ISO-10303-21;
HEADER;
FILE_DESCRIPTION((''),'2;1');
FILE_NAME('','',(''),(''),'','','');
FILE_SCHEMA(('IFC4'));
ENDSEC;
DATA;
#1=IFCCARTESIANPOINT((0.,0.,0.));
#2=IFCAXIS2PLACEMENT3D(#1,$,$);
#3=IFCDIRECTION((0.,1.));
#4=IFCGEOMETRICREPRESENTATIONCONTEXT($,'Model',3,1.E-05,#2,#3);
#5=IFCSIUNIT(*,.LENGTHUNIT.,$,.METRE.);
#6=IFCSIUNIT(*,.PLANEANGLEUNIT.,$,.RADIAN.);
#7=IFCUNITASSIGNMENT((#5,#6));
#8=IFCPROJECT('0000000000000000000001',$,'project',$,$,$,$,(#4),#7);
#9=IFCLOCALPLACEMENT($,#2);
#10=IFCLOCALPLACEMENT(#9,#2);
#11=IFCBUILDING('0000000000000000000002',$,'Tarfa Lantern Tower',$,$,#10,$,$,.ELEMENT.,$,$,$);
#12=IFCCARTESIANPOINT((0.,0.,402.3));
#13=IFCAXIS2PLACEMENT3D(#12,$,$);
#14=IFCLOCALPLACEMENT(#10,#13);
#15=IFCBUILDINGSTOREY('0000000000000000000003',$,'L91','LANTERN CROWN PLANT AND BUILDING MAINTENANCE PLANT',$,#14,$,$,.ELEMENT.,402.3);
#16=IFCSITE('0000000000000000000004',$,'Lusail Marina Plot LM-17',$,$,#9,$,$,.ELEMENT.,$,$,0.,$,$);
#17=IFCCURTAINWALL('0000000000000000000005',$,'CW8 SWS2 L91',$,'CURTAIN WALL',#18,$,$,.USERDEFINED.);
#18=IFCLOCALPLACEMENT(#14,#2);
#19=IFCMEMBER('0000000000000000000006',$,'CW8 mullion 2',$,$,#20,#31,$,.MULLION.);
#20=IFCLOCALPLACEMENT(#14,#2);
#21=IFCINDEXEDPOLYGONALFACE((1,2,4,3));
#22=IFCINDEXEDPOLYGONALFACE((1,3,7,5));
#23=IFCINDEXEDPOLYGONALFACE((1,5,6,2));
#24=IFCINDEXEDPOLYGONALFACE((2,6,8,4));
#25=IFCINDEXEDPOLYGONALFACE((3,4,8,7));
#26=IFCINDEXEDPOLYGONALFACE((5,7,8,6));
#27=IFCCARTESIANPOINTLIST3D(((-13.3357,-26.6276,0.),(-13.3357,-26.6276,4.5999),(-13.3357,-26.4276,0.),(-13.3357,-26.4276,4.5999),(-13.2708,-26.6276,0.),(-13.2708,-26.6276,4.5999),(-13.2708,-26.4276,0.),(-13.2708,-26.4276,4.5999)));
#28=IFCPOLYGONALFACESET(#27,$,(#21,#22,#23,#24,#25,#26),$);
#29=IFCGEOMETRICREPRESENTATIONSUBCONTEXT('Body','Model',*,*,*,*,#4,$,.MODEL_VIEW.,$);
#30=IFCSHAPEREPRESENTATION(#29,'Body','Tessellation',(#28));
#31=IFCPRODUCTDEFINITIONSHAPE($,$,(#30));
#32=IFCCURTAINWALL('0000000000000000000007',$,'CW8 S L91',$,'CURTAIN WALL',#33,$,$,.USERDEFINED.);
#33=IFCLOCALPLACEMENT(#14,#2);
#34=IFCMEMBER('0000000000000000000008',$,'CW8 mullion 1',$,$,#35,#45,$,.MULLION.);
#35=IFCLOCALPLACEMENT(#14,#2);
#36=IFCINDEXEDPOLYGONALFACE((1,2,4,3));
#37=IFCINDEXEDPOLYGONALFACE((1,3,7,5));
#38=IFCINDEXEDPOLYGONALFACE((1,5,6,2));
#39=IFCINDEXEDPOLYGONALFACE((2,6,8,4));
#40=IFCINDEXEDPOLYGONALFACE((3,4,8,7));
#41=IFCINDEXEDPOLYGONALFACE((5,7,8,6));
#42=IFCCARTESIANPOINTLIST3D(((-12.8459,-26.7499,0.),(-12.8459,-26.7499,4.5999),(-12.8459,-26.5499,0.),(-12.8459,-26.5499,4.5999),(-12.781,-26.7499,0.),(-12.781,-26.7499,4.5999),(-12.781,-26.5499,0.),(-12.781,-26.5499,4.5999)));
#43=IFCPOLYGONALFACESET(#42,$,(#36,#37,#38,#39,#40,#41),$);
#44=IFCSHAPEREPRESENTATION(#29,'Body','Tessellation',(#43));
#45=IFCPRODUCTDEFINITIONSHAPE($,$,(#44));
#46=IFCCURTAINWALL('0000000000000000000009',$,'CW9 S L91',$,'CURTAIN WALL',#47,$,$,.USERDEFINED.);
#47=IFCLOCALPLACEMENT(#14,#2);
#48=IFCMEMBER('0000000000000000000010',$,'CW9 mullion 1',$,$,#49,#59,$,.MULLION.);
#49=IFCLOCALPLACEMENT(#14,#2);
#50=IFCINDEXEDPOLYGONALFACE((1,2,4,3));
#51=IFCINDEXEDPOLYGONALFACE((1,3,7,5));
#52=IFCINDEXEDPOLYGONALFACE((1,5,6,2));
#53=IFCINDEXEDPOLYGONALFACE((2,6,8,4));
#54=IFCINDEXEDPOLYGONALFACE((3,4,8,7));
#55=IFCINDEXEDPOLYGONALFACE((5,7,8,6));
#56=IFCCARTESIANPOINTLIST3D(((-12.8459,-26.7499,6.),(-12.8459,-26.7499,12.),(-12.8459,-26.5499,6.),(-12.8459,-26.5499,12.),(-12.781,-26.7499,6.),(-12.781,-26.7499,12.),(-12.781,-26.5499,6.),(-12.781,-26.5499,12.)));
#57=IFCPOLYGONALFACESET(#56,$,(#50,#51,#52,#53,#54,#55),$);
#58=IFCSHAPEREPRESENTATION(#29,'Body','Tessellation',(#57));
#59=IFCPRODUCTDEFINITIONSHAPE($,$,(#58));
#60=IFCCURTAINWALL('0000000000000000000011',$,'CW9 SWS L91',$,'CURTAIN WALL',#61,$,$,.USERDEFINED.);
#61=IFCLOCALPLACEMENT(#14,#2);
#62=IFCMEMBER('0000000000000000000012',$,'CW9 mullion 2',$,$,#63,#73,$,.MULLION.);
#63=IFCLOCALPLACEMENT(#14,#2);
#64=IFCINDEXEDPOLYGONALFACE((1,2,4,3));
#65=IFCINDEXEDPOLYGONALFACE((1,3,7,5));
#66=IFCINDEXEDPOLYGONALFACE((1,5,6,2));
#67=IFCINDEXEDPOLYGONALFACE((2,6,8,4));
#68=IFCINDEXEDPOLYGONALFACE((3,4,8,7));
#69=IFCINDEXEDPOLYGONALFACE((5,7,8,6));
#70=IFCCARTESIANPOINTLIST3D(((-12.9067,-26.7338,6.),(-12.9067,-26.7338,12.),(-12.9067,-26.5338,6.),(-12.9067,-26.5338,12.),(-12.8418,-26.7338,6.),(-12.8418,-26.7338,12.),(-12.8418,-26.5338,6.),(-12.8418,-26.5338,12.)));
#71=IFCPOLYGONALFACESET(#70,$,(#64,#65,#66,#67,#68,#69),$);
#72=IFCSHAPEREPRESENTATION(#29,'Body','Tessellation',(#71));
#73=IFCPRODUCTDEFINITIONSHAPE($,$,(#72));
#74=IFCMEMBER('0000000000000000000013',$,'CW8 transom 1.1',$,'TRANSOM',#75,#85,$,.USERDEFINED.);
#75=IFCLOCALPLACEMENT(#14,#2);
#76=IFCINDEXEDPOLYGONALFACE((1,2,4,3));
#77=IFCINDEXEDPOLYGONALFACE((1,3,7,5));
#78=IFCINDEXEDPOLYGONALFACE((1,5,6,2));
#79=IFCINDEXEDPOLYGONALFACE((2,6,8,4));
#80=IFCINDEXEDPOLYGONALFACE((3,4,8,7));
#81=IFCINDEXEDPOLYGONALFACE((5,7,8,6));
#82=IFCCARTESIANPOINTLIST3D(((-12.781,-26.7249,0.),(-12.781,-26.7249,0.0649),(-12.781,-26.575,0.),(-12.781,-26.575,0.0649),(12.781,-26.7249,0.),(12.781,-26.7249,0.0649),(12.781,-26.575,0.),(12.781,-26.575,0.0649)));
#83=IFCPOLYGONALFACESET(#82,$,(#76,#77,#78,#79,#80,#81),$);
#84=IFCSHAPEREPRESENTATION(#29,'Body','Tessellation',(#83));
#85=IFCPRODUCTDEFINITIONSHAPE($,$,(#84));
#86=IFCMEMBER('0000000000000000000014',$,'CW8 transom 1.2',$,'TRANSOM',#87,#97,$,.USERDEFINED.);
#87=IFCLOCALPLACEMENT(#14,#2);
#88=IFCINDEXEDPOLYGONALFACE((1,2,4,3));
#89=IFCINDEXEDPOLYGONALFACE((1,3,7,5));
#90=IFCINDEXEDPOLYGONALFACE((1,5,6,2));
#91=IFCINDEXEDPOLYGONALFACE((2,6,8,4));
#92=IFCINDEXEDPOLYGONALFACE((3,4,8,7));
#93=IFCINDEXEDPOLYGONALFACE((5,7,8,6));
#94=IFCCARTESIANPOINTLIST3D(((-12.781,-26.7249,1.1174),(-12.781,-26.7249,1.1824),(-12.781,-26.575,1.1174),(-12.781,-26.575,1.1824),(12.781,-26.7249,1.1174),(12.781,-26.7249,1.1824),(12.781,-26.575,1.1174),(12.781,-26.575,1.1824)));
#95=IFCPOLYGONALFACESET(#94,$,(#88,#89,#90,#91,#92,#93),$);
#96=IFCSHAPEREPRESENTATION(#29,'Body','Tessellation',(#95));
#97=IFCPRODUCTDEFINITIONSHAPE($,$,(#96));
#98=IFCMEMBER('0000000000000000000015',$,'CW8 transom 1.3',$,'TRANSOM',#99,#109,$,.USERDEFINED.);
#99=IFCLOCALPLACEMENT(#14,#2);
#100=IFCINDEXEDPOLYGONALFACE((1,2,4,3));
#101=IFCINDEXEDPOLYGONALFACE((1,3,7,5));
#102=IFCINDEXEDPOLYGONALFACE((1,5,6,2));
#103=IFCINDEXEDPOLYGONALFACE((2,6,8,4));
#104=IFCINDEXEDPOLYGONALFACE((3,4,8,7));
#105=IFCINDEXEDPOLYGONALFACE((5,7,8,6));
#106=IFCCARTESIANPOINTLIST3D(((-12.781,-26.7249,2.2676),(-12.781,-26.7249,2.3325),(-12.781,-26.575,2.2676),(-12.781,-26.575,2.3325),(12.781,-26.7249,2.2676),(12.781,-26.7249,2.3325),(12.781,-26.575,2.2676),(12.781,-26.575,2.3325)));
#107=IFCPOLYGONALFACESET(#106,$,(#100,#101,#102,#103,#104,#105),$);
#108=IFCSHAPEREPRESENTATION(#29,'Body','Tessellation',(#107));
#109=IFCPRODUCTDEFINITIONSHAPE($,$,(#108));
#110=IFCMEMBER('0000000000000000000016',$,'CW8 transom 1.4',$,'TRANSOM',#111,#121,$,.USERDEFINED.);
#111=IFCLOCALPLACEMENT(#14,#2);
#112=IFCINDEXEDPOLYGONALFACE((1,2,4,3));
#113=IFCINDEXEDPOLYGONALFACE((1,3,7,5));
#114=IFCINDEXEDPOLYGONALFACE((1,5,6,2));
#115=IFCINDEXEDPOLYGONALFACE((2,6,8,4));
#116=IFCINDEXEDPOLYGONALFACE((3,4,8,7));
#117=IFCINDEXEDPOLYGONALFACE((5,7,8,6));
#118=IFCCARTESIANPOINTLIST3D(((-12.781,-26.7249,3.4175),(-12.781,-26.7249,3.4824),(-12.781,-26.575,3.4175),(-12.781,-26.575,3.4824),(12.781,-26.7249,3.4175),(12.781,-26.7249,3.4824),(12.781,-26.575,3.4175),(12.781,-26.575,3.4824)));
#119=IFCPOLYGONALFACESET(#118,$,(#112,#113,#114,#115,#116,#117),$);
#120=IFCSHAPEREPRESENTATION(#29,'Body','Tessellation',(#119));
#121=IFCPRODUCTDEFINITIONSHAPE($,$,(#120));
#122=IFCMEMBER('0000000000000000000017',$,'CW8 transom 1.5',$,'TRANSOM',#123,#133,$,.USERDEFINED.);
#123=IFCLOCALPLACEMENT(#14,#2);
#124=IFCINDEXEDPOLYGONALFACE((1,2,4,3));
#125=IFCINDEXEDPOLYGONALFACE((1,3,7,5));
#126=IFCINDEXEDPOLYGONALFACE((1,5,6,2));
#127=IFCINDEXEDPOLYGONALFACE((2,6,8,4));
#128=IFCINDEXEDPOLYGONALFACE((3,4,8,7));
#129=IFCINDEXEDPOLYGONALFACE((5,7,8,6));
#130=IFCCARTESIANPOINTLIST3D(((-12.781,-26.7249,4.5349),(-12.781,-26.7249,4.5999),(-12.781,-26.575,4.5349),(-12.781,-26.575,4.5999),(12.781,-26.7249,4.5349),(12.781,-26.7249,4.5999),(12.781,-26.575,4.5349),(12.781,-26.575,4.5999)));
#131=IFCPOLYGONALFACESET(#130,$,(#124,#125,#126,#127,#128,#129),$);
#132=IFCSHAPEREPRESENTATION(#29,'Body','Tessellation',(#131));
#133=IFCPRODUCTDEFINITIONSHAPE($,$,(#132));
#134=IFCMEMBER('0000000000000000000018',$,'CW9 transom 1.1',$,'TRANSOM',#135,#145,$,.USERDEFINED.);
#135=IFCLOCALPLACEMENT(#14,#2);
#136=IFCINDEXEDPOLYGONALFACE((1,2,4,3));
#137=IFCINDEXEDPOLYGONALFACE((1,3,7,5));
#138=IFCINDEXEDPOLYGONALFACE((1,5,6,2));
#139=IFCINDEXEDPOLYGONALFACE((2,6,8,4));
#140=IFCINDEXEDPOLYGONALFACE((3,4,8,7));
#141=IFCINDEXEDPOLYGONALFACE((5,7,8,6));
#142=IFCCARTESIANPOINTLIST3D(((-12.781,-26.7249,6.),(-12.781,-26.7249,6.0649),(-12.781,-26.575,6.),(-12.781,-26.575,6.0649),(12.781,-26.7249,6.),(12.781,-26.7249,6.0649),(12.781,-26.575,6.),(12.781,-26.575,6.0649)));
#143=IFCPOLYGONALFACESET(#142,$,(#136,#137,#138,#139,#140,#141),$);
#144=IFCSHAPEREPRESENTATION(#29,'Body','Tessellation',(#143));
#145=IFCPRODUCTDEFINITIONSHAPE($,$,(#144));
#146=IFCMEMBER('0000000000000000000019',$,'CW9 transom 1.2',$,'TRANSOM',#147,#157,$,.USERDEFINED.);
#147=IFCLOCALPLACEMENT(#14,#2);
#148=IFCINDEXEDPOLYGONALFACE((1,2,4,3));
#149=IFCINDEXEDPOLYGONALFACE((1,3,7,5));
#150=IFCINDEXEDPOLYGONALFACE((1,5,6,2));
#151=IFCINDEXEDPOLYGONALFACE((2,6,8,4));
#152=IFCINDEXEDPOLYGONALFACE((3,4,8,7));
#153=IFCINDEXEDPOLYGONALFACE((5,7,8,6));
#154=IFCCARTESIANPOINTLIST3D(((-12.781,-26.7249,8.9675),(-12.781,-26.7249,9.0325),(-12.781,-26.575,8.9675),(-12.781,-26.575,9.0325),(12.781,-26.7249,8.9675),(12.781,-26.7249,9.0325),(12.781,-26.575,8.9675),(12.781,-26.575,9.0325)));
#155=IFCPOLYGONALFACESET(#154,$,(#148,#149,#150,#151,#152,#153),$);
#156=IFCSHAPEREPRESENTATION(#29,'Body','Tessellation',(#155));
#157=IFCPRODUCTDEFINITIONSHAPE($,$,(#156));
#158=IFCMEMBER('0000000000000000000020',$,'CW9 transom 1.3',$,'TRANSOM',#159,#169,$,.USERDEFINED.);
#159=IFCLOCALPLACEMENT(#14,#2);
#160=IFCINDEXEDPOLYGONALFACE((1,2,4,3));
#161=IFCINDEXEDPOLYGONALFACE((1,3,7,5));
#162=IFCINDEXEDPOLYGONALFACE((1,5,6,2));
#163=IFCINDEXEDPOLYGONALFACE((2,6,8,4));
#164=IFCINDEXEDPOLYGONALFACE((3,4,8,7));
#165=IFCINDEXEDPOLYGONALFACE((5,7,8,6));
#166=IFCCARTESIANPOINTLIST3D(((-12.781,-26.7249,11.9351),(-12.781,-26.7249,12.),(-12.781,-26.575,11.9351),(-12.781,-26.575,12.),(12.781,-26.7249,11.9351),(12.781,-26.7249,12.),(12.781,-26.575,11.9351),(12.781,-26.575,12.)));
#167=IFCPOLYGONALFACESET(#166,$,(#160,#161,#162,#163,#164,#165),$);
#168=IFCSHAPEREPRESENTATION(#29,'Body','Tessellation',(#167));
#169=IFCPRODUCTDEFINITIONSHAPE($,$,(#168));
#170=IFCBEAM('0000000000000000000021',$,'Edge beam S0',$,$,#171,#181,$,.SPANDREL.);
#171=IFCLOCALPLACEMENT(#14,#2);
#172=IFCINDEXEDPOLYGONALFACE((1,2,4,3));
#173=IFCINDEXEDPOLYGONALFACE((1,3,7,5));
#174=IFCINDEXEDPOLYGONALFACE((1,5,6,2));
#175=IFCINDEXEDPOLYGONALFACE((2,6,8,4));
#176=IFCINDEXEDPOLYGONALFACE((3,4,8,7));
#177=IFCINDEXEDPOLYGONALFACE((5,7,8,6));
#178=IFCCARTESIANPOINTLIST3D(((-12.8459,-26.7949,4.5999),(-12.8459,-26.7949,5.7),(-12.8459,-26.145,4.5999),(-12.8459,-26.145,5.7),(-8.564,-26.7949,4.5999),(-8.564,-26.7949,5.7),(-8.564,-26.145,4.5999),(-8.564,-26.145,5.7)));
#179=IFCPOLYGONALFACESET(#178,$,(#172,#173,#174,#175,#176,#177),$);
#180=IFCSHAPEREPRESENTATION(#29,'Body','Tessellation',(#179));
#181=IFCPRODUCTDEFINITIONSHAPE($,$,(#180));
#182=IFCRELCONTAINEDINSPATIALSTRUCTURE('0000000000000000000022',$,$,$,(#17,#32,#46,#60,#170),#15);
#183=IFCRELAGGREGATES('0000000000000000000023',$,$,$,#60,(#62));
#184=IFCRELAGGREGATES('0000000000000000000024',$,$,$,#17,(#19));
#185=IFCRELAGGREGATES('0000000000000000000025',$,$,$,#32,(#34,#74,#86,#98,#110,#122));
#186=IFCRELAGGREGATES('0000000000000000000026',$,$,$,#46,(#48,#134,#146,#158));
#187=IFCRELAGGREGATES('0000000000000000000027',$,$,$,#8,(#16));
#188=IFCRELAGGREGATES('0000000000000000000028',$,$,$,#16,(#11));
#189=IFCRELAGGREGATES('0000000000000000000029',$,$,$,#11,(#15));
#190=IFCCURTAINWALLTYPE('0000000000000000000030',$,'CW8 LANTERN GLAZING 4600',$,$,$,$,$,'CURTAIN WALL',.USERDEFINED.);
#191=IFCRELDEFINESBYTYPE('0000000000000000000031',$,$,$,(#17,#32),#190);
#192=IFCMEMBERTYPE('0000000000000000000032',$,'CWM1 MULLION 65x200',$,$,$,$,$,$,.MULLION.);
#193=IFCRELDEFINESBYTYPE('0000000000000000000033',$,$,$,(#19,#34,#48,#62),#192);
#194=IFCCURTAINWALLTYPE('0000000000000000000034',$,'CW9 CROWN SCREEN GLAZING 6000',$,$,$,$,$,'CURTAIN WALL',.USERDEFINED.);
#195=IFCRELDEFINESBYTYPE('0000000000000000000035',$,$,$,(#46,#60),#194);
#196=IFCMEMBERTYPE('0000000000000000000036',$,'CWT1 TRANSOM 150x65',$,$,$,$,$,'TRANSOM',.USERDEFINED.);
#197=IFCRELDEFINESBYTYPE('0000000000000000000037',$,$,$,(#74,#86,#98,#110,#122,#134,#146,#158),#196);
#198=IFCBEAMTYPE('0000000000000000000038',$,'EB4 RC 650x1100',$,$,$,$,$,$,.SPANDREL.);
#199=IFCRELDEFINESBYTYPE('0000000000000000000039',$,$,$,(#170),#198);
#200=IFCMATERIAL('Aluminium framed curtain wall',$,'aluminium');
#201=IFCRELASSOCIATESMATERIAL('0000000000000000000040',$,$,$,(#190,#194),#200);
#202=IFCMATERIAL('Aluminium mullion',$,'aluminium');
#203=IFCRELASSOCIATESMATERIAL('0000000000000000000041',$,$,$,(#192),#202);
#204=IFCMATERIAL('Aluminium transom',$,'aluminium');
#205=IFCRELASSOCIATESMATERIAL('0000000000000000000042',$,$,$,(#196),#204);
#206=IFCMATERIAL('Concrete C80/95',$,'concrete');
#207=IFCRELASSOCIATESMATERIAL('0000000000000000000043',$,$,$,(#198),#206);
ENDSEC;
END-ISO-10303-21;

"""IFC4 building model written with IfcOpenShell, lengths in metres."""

from ifc_helpers import new_model, si_unit, direction, frame, origin, origin_2d, place, context, subcontext, project, spatial, rectangle, extrude, material, material_profile, profile_set, type_object, element, aggregate, save


model = new_model("IFC4")

# Units and contexts
model_context = context("Model", 3, precision=1e-05, world=origin(), true_north=direction((0.0, 1.0)))
body_context = subcontext(model_context, "Body", "Model", "MODEL_VIEW")
ifc_project = project(units=[si_unit("LENGTHUNIT", "METRE"), si_unit("PLANEANGLEUNIT", "RADIAN")], contexts=[model_context])

# Site, building, storey
site_placement = place(None, origin())
site = spatial("IfcSite", under=ifc_project, at=site_placement, Name="Lusail Marina Plot LM-17", CompositionType="ELEMENT", RefElevation=0.0)
building_placement = place(site_placement, origin())
building = spatial("IfcBuilding", under=site, at=building_placement, Name="Tarfa Lantern Tower", CompositionType="ELEMENT")
storey_placement = place(building_placement, frame((0.0, 0.0, 402.3)))
storey = spatial("IfcBuildingStorey", under=building, at=storey_placement, Name="L91", Description="LANTERN CROWN PLANT AND BUILDING MAINTENANCE PLANT", CompositionType="ELEMENT", Elevation=402.3)

# Curtain walls, members
ifc_material_1 = material(Name="Aluminium framed curtain wall", Category="aluminium")
curtain_wall_type_1 = type_object("IfcCurtainWallType", Name="CW8 LANTERN GLAZING 4600", ElementType="CURTAIN WALL", PredefinedType="USERDEFINED", material=ifc_material_1)
curtain_wall_1_placement = place(storey_placement, origin())
curtain_wall_1 = element("IfcCurtainWall", 1, at=curtain_wall_1_placement, inside=storey, type_object=curtain_wall_type_1, Name="CW8 SWS2 L91", ObjectType="CURTAIN WALL", PredefinedType="USERDEFINED")
ifc_material_2 = material(Name="Aluminium mullion", Category="aluminium")
ifc_material_profile_1 = material_profile(ifc_material_2, rectangle(XDim=0.0649, YDim=0.2, at=origin_2d()), Name="AL MULLION 65x200")
ifc_profile_set_1 = profile_set([ifc_material_profile_1], Name="Aluminium mullion")
member_type_1 = type_object("IfcMemberType", Name="CWM1 MULLION 65x200", PredefinedType="MULLION", material=ifc_profile_set_1)
member_1_placement = place(storey_placement, frame((-13.3032, -26.5276, 0.0), z_axis=(0.0, 0.0, 1.0), x_axis=(1.0, 0.0, 0.0)))
member_1 = element("IfcMember", 2, at=member_1_placement, type_object=member_type_1, Name="CW8 mullion 2", PredefinedType="MULLION", context=body_context, shape_type="SweptSolid", body=[
    extrude(rectangle(XDim=0.0649, YDim=0.2, at=origin_2d()), origin(), (0.0, 0.0, 1.0), 4.5999),
])
curtain_wall_2_placement = place(storey_placement, origin())
curtain_wall_2 = element("IfcCurtainWall", 3, at=curtain_wall_2_placement, inside=storey, type_object=curtain_wall_type_1, Name="CW8 S L91", ObjectType="CURTAIN WALL", PredefinedType="USERDEFINED")
member_2_placement = place(storey_placement, frame((-12.8135, -26.6499, 0.0), z_axis=(0.0, 0.0, 1.0), x_axis=(1.0, 0.0, 0.0)))
member_2 = element("IfcMember", 4, at=member_2_placement, type_object=member_type_1, Name="CW8 mullion 1", PredefinedType="MULLION", context=body_context, shape_type="SweptSolid", body=[
    extrude(rectangle(XDim=0.0649, YDim=0.2, at=origin_2d()), origin(), (0.0, 0.0, 1.0), 4.5999),
])
curtain_wall_type_2 = type_object("IfcCurtainWallType", Name="CW9 CROWN SCREEN GLAZING 6000", ElementType="CURTAIN WALL", PredefinedType="USERDEFINED", material=ifc_material_1)
curtain_wall_3_placement = place(storey_placement, origin())
curtain_wall_3 = element("IfcCurtainWall", 5, at=curtain_wall_3_placement, inside=storey, type_object=curtain_wall_type_2, Name="CW9 S L91", ObjectType="CURTAIN WALL", PredefinedType="USERDEFINED")
member_3_placement = place(storey_placement, frame((-12.8135, -26.6499, 6.0), z_axis=(0.0, 0.0, 1.0), x_axis=(1.0, 0.0, 0.0)))
member_3 = element("IfcMember", 6, at=member_3_placement, type_object=member_type_1, Name="CW9 mullion 1", PredefinedType="MULLION", context=body_context, shape_type="SweptSolid", body=[
    extrude(rectangle(XDim=0.0649, YDim=0.2, at=origin_2d()), origin(), (0.0, 0.0, 1.0), 6.0),
])
curtain_wall_4_placement = place(storey_placement, origin())
curtain_wall_4 = element("IfcCurtainWall", 7, at=curtain_wall_4_placement, inside=storey, type_object=curtain_wall_type_2, Name="CW9 SWS L91", ObjectType="CURTAIN WALL", PredefinedType="USERDEFINED")
member_4_placement = place(storey_placement, frame((-12.8743, -26.6338, 6.0), z_axis=(0.0, 0.0, 1.0), x_axis=(1.0, 0.0, 0.0)))
member_4 = element("IfcMember", 8, at=member_4_placement, type_object=member_type_1, Name="CW9 mullion 2", PredefinedType="MULLION", context=body_context, shape_type="SweptSolid", body=[
    extrude(rectangle(XDim=0.0649, YDim=0.2, at=origin_2d()), origin(), (0.0, 0.0, 1.0), 6.0),
])
aggregate(curtain_wall_4, [member_4])

# Members
ifc_material_3 = material(Name="Aluminium transom", Category="aluminium")
ifc_material_profile_2 = material_profile(ifc_material_3, rectangle(XDim=0.1499, YDim=0.0649, at=origin_2d()), Name="AL TRANSOM 150x65")
ifc_profile_set_2 = profile_set([ifc_material_profile_2], Name="Aluminium transom")
member_type_2 = type_object("IfcMemberType", Name="CWT1 TRANSOM 150x65", ElementType="TRANSOM", PredefinedType="USERDEFINED", material=ifc_profile_set_2)
member_5_placement = place(storey_placement, frame((-12.781, -26.6499, 0.0325), z_axis=(1.0, 0.0, 0.0), x_axis=(0.0, 1.0, 0.0)))
member_5 = element("IfcMember", 9, at=member_5_placement, type_object=member_type_2, Name="CW8 transom 1.1", ObjectType="TRANSOM", PredefinedType="USERDEFINED", context=body_context, shape_type="SweptSolid", body=[
    extrude(rectangle(XDim=0.1499, YDim=0.0649, at=origin_2d()), origin(), (0.0, 0.0, 1.0), 25.562),
])
member_6_placement = place(storey_placement, frame((-12.781, -26.6499, 1.1499), z_axis=(1.0, 0.0, 0.0), x_axis=(0.0, 1.0, 0.0)))
member_6 = element("IfcMember", 10, at=member_6_placement, type_object=member_type_2, Name="CW8 transom 1.2", ObjectType="TRANSOM", PredefinedType="USERDEFINED", context=body_context, shape_type="SweptSolid", body=[
    extrude(rectangle(XDim=0.1499, YDim=0.0649, at=origin_2d()), origin(), (0.0, 0.0, 1.0), 25.562),
])
member_7_placement = place(storey_placement, frame((-12.781, -26.6499, 2.3), z_axis=(1.0, 0.0, 0.0), x_axis=(0.0, 1.0, 0.0)))
member_7 = element("IfcMember", 11, at=member_7_placement, type_object=member_type_2, Name="CW8 transom 1.3", ObjectType="TRANSOM", PredefinedType="USERDEFINED", context=body_context, shape_type="SweptSolid", body=[
    extrude(rectangle(XDim=0.1499, YDim=0.0649, at=origin_2d()), origin(), (0.0, 0.0, 1.0), 25.562),
])
member_8_placement = place(storey_placement, frame((-12.781, -26.6499, 3.45), z_axis=(1.0, 0.0, 0.0), x_axis=(0.0, 1.0, 0.0)))
member_8 = element("IfcMember", 12, at=member_8_placement, type_object=member_type_2, Name="CW8 transom 1.4", ObjectType="TRANSOM", PredefinedType="USERDEFINED", context=body_context, shape_type="SweptSolid", body=[
    extrude(rectangle(XDim=0.1499, YDim=0.0649, at=origin_2d()), origin(), (0.0, 0.0, 1.0), 25.562),
])
member_9_placement = place(storey_placement, frame((-12.781, -26.6499, 4.5674), z_axis=(1.0, 0.0, 0.0), x_axis=(0.0, 1.0, 0.0)))
member_9 = element("IfcMember", 13, at=member_9_placement, type_object=member_type_2, Name="CW8 transom 1.5", ObjectType="TRANSOM", PredefinedType="USERDEFINED", context=body_context, shape_type="SweptSolid", body=[
    extrude(rectangle(XDim=0.1499, YDim=0.0649, at=origin_2d()), origin(), (0.0, 0.0, 1.0), 25.562),
])
member_10_placement = place(storey_placement, frame((-12.781, -26.6499, 6.0325), z_axis=(1.0, 0.0, 0.0), x_axis=(0.0, 1.0, 0.0)))
member_10 = element("IfcMember", 14, at=member_10_placement, type_object=member_type_2, Name="CW9 transom 1.1", ObjectType="TRANSOM", PredefinedType="USERDEFINED", context=body_context, shape_type="SweptSolid", body=[
    extrude(rectangle(XDim=0.1499, YDim=0.0649, at=origin_2d()), origin(), (0.0, 0.0, 1.0), 25.562),
])
member_11_placement = place(storey_placement, frame((-12.781, -26.6499, 9.0), z_axis=(1.0, 0.0, 0.0), x_axis=(0.0, 1.0, 0.0)))
member_11 = element("IfcMember", 15, at=member_11_placement, type_object=member_type_2, Name="CW9 transom 1.2", ObjectType="TRANSOM", PredefinedType="USERDEFINED", context=body_context, shape_type="SweptSolid", body=[
    extrude(rectangle(XDim=0.1499, YDim=0.0649, at=origin_2d()), origin(), (0.0, 0.0, 1.0), 25.562),
])
member_12_placement = place(storey_placement, frame((-12.781, -26.6499, 11.9675), z_axis=(1.0, 0.0, 0.0), x_axis=(0.0, 1.0, 0.0)))
member_12 = element("IfcMember", 16, at=member_12_placement, type_object=member_type_2, Name="CW9 transom 1.3", ObjectType="TRANSOM", PredefinedType="USERDEFINED", context=body_context, shape_type="SweptSolid", body=[
    extrude(rectangle(XDim=0.1499, YDim=0.0649, at=origin_2d()), origin(), (0.0, 0.0, 1.0), 25.562),
])

# Beam
ifc_material_4 = material(Name="Concrete C80/95", Category="concrete")
ifc_material_profile_3 = material_profile(ifc_material_4, rectangle(XDim=0.6499, YDim=1.1001, at=origin_2d()), Name="RC 650x1100")
ifc_profile_set_3 = profile_set([ifc_material_profile_3], Name="Concrete C80/95")
beam_type_1 = type_object("IfcBeamType", Name="EB4 RC 650x1100", PredefinedType="SPANDREL", material=ifc_profile_set_3)
beam_1_placement = place(storey_placement, frame((-12.8459, -26.47, 5.1499), z_axis=(1.0, 0.0, 0.0), x_axis=(0.0, 1.0, 0.0)))
element("IfcBeam", 17, at=beam_1_placement, inside=storey, type_object=beam_type_1, Name="Edge beam S0", PredefinedType="SPANDREL", context=body_context, shape_type="SweptSolid", body=[
    extrude(rectangle(XDim=0.6499, YDim=1.1001, at=origin_2d()), origin(), (0.0, 0.0, 1.0), 4.282),
])

aggregate(curtain_wall_1, [member_1])
aggregate(curtain_wall_2, [member_2, member_5, member_6, member_7, member_8, member_9])
aggregate(curtain_wall_3, [member_3, member_10, member_11, member_12])

save(model, "model.ifc")
